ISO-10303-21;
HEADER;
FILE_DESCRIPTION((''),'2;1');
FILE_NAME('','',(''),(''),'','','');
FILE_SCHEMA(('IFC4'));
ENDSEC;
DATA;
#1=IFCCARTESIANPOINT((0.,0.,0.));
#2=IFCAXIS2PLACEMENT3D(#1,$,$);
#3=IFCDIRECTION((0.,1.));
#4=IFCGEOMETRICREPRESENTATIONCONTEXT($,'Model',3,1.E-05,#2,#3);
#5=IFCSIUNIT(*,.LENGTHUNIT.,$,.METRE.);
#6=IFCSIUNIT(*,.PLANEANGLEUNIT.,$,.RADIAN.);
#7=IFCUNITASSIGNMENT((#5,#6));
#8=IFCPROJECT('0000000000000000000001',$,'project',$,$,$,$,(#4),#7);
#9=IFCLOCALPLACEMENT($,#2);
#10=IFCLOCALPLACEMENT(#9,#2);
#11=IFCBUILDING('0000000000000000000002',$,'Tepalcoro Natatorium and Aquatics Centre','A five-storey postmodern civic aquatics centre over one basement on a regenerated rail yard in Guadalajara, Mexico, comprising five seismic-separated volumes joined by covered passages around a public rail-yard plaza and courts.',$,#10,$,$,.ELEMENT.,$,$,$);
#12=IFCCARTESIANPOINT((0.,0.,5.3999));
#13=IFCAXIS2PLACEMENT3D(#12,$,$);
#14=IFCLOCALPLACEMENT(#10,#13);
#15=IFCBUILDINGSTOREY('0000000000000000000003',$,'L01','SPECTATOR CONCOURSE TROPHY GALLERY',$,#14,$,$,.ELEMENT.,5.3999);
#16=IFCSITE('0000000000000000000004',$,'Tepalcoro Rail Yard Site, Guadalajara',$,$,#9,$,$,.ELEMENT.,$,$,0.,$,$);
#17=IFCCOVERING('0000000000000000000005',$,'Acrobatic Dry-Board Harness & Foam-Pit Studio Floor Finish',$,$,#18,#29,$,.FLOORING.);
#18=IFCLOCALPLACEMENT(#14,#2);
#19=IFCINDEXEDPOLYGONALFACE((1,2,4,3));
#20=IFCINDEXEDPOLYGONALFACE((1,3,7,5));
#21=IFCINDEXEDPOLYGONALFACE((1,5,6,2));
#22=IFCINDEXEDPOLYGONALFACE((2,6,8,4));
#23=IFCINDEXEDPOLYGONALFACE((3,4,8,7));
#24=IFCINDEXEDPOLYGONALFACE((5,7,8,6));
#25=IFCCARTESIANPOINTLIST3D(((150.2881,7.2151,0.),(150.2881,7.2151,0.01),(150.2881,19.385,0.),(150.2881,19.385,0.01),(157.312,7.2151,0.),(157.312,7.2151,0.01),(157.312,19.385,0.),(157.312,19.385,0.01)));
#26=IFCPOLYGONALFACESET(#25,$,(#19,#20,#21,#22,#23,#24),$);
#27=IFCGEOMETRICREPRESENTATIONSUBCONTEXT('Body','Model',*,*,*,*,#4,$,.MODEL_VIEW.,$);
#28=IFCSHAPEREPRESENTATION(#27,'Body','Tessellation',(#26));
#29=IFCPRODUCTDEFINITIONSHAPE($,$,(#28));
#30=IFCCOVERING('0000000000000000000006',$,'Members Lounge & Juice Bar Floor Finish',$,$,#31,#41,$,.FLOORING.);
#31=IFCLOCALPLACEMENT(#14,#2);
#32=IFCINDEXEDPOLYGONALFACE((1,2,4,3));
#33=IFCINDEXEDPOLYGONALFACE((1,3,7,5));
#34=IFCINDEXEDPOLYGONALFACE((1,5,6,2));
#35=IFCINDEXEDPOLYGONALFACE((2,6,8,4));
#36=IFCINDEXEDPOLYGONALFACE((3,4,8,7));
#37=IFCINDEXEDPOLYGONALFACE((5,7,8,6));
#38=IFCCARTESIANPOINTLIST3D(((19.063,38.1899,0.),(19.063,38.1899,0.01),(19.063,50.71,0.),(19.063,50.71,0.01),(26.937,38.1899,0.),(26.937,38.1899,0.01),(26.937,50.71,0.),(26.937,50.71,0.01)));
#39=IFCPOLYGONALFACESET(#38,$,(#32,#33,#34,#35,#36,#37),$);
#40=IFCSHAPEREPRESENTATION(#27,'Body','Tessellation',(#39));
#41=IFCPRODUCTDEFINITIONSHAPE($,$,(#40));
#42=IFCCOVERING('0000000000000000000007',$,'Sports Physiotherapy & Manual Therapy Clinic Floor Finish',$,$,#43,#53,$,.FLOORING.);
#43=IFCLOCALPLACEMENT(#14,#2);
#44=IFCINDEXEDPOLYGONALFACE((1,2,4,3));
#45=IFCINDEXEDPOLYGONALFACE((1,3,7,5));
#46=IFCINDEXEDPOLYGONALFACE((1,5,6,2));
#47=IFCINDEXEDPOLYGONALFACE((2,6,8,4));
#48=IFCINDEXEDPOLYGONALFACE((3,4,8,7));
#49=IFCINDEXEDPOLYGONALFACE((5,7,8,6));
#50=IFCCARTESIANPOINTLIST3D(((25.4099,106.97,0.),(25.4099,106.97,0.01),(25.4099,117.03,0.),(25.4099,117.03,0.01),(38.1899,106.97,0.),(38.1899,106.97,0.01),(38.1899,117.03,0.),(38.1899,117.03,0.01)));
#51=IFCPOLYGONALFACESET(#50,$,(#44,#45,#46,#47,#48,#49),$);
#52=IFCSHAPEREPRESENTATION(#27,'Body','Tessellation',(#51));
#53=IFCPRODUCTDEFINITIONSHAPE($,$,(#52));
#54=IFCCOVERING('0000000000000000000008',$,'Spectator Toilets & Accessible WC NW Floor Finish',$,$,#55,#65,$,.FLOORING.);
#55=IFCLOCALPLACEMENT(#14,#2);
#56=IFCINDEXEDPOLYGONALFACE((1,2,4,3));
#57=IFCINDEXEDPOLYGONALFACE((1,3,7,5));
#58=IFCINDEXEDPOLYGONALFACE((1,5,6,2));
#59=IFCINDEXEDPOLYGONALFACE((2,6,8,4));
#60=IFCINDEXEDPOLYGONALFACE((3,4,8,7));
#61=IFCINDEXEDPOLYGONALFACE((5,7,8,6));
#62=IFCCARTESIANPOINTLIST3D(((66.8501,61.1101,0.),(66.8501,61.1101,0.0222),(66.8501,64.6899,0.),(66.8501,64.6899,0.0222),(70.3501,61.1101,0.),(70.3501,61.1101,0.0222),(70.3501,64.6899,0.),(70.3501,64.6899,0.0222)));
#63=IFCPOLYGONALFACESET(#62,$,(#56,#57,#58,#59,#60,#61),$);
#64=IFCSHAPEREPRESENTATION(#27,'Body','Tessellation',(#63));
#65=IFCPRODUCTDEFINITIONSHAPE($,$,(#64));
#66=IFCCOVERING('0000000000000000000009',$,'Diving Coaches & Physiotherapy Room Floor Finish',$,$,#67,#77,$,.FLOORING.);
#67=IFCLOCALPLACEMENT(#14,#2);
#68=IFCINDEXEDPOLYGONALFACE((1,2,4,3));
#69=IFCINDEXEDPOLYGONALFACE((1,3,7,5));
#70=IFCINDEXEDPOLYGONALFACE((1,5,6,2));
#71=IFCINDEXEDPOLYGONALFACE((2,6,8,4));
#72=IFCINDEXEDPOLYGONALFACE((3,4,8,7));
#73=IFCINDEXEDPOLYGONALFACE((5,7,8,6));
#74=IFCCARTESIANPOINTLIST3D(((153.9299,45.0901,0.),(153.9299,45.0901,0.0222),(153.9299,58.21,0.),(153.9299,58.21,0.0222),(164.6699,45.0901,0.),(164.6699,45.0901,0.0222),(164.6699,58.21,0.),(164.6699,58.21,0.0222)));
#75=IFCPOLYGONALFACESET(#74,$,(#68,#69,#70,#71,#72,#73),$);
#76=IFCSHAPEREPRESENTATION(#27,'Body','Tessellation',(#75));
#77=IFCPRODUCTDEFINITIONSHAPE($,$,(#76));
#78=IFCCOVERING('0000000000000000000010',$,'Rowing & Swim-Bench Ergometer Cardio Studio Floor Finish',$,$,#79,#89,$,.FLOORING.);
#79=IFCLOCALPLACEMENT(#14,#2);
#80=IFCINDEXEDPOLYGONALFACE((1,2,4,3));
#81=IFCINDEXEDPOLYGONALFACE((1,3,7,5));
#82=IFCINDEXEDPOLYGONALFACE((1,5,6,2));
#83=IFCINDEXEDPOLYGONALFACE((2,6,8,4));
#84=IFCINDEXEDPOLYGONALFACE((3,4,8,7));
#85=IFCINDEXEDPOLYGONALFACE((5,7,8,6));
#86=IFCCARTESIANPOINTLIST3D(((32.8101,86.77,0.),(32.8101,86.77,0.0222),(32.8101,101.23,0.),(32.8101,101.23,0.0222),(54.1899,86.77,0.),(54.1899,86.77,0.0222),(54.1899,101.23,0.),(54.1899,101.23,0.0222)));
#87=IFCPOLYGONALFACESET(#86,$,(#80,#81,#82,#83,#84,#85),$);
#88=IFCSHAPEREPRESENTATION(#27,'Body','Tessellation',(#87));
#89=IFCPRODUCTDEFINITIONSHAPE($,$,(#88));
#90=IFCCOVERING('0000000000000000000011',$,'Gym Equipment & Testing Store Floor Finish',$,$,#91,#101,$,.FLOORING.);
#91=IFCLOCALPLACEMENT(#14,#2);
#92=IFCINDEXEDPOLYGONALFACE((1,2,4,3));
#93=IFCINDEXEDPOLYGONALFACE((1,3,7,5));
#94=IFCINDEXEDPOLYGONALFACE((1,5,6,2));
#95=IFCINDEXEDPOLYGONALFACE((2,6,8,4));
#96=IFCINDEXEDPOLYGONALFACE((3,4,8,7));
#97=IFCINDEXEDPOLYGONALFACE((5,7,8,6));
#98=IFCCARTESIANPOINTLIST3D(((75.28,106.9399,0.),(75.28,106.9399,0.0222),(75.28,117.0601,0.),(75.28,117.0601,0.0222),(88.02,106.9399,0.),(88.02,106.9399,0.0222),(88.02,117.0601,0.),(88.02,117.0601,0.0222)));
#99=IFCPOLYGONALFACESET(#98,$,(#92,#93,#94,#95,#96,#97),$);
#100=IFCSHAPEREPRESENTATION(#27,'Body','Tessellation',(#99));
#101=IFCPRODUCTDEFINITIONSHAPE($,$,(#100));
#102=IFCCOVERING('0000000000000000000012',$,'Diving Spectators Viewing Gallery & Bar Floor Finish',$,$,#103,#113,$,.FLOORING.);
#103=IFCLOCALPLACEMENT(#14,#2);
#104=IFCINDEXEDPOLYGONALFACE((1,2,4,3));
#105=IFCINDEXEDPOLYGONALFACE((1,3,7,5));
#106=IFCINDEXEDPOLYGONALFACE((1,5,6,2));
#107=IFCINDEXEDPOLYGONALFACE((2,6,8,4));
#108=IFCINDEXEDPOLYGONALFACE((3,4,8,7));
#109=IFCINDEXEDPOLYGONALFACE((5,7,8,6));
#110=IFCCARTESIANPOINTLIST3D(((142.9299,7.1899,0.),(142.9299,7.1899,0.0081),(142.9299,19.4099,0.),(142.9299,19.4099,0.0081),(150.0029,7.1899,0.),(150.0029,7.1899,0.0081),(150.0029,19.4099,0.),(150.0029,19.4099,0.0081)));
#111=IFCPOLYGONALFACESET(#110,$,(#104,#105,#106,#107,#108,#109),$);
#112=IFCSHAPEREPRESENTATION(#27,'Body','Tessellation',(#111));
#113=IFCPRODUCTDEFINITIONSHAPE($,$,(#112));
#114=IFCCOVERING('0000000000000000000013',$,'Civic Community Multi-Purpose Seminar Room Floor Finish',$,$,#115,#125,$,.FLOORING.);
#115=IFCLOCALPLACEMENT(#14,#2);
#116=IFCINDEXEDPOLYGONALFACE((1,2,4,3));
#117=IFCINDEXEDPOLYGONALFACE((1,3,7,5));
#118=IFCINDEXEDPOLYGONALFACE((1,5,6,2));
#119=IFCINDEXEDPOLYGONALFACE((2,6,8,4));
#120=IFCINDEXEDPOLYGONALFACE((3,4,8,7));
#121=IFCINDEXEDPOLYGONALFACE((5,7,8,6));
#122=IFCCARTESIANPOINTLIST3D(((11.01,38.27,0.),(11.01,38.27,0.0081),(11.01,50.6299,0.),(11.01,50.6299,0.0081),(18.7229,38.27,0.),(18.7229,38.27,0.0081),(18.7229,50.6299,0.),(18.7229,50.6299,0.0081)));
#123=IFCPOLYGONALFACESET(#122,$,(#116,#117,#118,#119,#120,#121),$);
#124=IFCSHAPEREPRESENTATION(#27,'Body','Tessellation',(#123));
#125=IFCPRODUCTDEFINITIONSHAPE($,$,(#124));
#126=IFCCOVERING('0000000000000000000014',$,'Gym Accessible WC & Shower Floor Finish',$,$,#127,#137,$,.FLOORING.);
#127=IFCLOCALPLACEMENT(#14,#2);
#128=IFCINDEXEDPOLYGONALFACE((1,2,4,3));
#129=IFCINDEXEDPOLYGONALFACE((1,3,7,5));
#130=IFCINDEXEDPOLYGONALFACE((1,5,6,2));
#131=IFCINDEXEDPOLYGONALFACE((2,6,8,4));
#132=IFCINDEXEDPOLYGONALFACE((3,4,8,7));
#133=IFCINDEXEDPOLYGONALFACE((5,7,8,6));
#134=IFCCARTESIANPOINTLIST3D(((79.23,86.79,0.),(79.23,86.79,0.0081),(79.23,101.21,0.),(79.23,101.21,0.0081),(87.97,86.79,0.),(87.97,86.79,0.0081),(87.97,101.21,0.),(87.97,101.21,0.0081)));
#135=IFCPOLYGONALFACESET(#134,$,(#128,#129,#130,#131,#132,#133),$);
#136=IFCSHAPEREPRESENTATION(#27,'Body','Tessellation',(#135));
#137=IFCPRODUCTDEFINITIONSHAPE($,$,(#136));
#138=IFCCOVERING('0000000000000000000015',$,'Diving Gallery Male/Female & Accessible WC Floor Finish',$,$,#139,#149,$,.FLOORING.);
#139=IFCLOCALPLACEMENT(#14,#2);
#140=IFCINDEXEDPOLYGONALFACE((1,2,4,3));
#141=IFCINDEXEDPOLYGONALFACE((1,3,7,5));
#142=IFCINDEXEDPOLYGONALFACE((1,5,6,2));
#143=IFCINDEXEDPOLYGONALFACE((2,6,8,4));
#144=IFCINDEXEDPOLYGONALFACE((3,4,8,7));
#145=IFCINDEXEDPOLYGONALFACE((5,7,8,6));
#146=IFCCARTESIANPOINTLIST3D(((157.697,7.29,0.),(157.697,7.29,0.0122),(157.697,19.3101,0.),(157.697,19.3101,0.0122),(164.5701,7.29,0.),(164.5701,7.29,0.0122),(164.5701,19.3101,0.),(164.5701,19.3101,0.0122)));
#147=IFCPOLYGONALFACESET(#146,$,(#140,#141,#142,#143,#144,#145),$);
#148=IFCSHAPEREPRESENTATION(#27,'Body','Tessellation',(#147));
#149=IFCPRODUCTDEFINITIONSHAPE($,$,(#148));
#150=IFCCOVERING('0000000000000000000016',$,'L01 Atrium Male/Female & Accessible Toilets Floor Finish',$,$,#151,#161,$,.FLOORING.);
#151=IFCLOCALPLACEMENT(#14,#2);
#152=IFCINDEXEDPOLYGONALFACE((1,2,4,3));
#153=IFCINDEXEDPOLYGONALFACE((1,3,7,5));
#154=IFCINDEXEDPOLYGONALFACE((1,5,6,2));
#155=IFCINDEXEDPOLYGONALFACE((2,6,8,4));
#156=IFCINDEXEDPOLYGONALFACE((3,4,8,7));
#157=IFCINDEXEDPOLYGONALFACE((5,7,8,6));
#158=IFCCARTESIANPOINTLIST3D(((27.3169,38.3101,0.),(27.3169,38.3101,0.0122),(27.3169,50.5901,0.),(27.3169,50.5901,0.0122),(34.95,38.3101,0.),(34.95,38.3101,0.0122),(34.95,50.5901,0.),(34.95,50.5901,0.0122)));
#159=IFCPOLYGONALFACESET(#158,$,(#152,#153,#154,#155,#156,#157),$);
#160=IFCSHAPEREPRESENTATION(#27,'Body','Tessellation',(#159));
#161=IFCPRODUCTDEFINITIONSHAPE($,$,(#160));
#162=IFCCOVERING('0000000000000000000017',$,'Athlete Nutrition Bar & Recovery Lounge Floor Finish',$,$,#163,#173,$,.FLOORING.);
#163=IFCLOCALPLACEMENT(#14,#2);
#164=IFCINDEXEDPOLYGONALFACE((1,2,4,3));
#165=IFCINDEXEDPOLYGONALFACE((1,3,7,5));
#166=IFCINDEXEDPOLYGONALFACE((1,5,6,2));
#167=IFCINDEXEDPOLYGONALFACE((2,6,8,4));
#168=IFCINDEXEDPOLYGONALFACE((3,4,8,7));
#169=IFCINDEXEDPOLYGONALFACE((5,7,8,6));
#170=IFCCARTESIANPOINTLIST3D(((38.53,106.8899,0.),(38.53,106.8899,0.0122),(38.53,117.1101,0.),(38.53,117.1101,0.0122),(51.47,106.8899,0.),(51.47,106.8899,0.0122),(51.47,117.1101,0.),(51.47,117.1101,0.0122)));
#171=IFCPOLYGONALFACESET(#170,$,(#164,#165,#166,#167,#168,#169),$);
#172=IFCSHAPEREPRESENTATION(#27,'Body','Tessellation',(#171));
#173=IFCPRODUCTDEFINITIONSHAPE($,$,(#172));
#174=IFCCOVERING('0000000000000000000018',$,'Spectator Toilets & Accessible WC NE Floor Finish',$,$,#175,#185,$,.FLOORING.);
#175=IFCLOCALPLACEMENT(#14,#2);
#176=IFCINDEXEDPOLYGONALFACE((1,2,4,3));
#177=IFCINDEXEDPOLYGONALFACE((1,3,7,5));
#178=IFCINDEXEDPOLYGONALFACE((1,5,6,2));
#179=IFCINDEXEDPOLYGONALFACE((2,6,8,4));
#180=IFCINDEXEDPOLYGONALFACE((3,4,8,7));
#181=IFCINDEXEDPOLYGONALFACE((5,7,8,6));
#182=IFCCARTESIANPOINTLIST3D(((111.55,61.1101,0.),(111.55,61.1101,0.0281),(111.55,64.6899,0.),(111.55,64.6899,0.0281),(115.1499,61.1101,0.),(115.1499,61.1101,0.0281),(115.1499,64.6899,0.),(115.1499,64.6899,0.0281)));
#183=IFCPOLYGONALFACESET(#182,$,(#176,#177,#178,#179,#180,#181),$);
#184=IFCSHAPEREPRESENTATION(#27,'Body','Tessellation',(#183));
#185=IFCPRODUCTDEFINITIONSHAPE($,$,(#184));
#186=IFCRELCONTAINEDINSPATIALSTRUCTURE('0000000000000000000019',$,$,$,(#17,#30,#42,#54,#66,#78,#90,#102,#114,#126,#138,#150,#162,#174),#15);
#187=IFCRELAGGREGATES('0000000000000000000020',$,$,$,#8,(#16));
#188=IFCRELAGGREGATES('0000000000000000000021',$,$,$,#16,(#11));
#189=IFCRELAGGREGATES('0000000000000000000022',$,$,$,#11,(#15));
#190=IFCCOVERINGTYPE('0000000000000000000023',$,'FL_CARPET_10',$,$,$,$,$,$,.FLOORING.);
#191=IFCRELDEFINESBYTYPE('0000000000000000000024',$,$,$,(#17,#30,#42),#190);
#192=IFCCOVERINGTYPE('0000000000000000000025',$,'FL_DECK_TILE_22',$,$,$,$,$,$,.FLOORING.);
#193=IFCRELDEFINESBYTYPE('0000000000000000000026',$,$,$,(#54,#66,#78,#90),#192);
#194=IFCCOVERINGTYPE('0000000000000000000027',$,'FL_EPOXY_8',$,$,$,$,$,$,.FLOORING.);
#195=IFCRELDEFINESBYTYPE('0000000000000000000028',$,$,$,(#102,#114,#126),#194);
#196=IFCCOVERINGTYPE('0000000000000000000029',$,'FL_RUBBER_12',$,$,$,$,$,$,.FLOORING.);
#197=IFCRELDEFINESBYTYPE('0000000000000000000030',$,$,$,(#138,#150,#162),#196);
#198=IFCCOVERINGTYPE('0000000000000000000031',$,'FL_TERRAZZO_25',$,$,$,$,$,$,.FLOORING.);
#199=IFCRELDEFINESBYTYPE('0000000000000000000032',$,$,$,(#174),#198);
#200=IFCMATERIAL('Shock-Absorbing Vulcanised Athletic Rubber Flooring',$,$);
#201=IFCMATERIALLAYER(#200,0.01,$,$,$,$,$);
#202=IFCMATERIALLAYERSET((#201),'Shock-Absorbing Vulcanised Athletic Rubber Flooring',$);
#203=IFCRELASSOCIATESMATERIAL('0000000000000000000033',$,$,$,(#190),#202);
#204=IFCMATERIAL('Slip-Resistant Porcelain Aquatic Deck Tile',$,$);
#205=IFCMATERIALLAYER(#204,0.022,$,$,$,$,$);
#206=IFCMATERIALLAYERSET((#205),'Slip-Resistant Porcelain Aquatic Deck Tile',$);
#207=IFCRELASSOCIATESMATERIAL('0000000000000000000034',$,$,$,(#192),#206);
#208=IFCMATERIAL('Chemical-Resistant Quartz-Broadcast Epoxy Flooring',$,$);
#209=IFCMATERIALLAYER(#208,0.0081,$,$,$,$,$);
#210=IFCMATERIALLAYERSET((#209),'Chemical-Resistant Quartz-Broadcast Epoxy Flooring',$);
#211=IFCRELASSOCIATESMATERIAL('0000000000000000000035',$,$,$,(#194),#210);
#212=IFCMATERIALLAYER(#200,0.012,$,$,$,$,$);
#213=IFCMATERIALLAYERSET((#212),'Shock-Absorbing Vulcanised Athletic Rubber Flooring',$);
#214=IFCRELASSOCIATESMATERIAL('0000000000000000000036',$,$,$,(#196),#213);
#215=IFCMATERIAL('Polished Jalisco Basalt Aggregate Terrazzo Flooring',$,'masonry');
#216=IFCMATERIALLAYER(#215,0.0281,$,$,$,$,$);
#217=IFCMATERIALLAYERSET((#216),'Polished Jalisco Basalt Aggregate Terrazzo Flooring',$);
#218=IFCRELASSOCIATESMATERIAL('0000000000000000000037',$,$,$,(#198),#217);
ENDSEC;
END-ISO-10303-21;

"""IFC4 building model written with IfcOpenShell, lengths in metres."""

from ifc_helpers import new_model, si_unit, direction, frame, origin, place, context, subcontext, project, spatial, polyline, outline, extrude, material, layer, layer_set, type_object, element, save


model = new_model("IFC4")

# Units and contexts
model_context = context("Model", 3, precision=1e-05, world=origin(), true_north=direction((0.0, 1.0)))
body_context = subcontext(model_context, "Body", "Model", "MODEL_VIEW")
ifc_project = project(units=[si_unit("LENGTHUNIT", "METRE"), si_unit("PLANEANGLEUNIT", "RADIAN")], contexts=[model_context])

# Site, building, storey
site_placement = place(None, origin())
site = spatial("IfcSite", under=ifc_project, at=site_placement, Name="Tepalcoro Rail Yard Site, Guadalajara", CompositionType="ELEMENT", RefElevation=0.0)
building_placement = place(site_placement, origin())
building = spatial("IfcBuilding", under=site, at=building_placement, Name="Tepalcoro Natatorium and Aquatics Centre", Description="A five-storey postmodern civic aquatics centre over one basement on a regenerated rail yard in Guadalajara, Mexico, comprising five seismic-separated volumes joined by covered passages around a public rail-yard plaza and courts.", CompositionType="ELEMENT")
storey_placement = place(building_placement, frame((0.0, 0.0, 5.3999)))
storey = spatial("IfcBuildingStorey", under=building, at=storey_placement, Name="L01", Description="SPECTATOR CONCOURSE TROPHY GALLERY", CompositionType="ELEMENT", Elevation=5.3999)

# Coverings
ifc_material_1 = material(Name="Shock-Absorbing Vulcanised Athletic Rubber Flooring")
ifc_layer_1 = layer(ifc_material_1, 0.01)
ifc_layer_set_1 = layer_set([ifc_layer_1], Name="Shock-Absorbing Vulcanised Athletic Rubber Flooring")
covering_type_1 = type_object("IfcCoveringType", Name="FL_CARPET_10", PredefinedType="FLOORING", material=ifc_layer_set_1)
covering_1_placement = place(storey_placement, origin())
element("IfcCovering", 1, at=covering_1_placement, inside=storey, type_object=covering_type_1, Name="Acrobatic Dry-Board Harness & Foam-Pit Studio Floor Finish", PredefinedType="FLOORING", context=body_context, shape_type="SweptSolid", body=[
    extrude(outline(polyline([(150.2881, 7.2151), (150.2881, 19.385), (157.312, 19.385), (157.312, 7.2151), (150.2881, 7.2151)])), origin(), (0.0, 0.0, 1.0), 0.01),
])
covering_2_placement = place(storey_placement, origin())
element("IfcCovering", 2, at=covering_2_placement, inside=storey, type_object=covering_type_1, Name="Members Lounge & Juice Bar Floor Finish", PredefinedType="FLOORING", context=body_context, shape_type="SweptSolid", body=[
    extrude(outline(polyline([(19.063, 38.1899), (19.063, 50.71), (26.937, 50.71), (26.937, 38.1899), (19.063, 38.1899)])), origin(), (0.0, 0.0, 1.0), 0.01),
])
covering_3_placement = place(storey_placement, origin())
element("IfcCovering", 3, at=covering_3_placement, inside=storey, type_object=covering_type_1, Name="Sports Physiotherapy & Manual Therapy Clinic Floor Finish", PredefinedType="FLOORING", context=body_context, shape_type="SweptSolid", body=[
    extrude(outline(polyline([(25.4099, 106.97), (25.4099, 117.03), (38.1899, 117.03), (38.1899, 106.97), (25.4099, 106.97)])), origin(), (0.0, 0.0, 1.0), 0.01),
])
ifc_material_2 = material(Name="Slip-Resistant Porcelain Aquatic Deck Tile")
ifc_layer_2 = layer(ifc_material_2, 0.022)
ifc_layer_set_2 = layer_set([ifc_layer_2], Name="Slip-Resistant Porcelain Aquatic Deck Tile")
covering_type_2 = type_object("IfcCoveringType", Name="FL_DECK_TILE_22", PredefinedType="FLOORING", material=ifc_layer_set_2)
covering_4_placement = place(storey_placement, origin())
element("IfcCovering", 4, at=covering_4_placement, inside=storey, type_object=covering_type_2, Name="Spectator Toilets & Accessible WC NW Floor Finish", PredefinedType="FLOORING", context=body_context, shape_type="SweptSolid", body=[
    extrude(outline(polyline([(66.8501, 61.1101), (66.8501, 64.6899), (70.3501, 64.6899), (70.3501, 61.1101), (66.8501, 61.1101)])), origin(), (0.0, 0.0, 1.0), 0.0222),
])
covering_5_placement = place(storey_placement, origin())
element("IfcCovering", 5, at=covering_5_placement, inside=storey, type_object=covering_type_2, Name="Diving Coaches & Physiotherapy Room Floor Finish", PredefinedType="FLOORING", context=body_context, shape_type="SweptSolid", body=[
    extrude(outline(polyline([(153.9299, 45.0901), (153.9299, 58.21), (164.6699, 58.21), (164.6699, 45.0901), (153.9299, 45.0901)])), origin(), (0.0, 0.0, 1.0), 0.0222),
])
covering_6_placement = place(storey_placement, origin())
element("IfcCovering", 6, at=covering_6_placement, inside=storey, type_object=covering_type_2, Name="Rowing & Swim-Bench Ergometer Cardio Studio Floor Finish", PredefinedType="FLOORING", context=body_context, shape_type="SweptSolid", body=[
    extrude(outline(polyline([(32.8101, 86.77), (32.8101, 101.23), (54.1899, 101.23), (54.1899, 86.77), (32.8101, 86.77)])), origin(), (0.0, 0.0, 1.0), 0.0222),
])
covering_7_placement = place(storey_placement, origin())
element("IfcCovering", 7, at=covering_7_placement, inside=storey, type_object=covering_type_2, Name="Gym Equipment & Testing Store Floor Finish", PredefinedType="FLOORING", context=body_context, shape_type="SweptSolid", body=[
    extrude(outline(polyline([(75.28, 106.9399), (75.28, 117.0601), (88.02, 117.0601), (88.02, 106.9399), (75.28, 106.9399)])), origin(), (0.0, 0.0, 1.0), 0.0222),
])
ifc_material_3 = material(Name="Chemical-Resistant Quartz-Broadcast Epoxy Flooring")
ifc_layer_3 = layer(ifc_material_3, 0.0081)
ifc_layer_set_3 = layer_set([ifc_layer_3], Name="Chemical-Resistant Quartz-Broadcast Epoxy Flooring")
covering_type_3 = type_object("IfcCoveringType", Name="FL_EPOXY_8", PredefinedType="FLOORING", material=ifc_layer_set_3)
covering_8_placement = place(storey_placement, origin())
element("IfcCovering", 8, at=covering_8_placement, inside=storey, type_object=covering_type_3, Name="Diving Spectators Viewing Gallery & Bar Floor Finish", PredefinedType="FLOORING", context=body_context, shape_type="SweptSolid", body=[
    extrude(outline(polyline([(142.9299, 7.1899), (142.9299, 19.4099), (150.0029, 19.4099), (150.0029, 7.1899), (142.9299, 7.1899)])), origin(), (0.0, 0.0, 1.0), 0.0081),
])
covering_9_placement = place(storey_placement, origin())
element("IfcCovering", 9, at=covering_9_placement, inside=storey, type_object=covering_type_3, Name="Civic Community Multi-Purpose Seminar Room Floor Finish", PredefinedType="FLOORING", context=body_context, shape_type="SweptSolid", body=[
    extrude(outline(polyline([(11.01, 38.27), (11.01, 50.6299), (18.7229, 50.6299), (18.7229, 38.27), (11.01, 38.27)])), origin(), (0.0, 0.0, 1.0), 0.0081),
])
covering_10_placement = place(storey_placement, origin())
element("IfcCovering", 10, at=covering_10_placement, inside=storey, type_object=covering_type_3, Name="Gym Accessible WC & Shower Floor Finish", PredefinedType="FLOORING", context=body_context, shape_type="SweptSolid", body=[
    extrude(outline(polyline([(79.23, 86.79), (79.23, 101.21), (87.97, 101.21), (87.97, 86.79), (79.23, 86.79)])), origin(), (0.0, 0.0, 1.0), 0.0081),
])
ifc_layer_4 = layer(ifc_material_1, 0.012)
ifc_layer_set_4 = layer_set([ifc_layer_4], Name="Shock-Absorbing Vulcanised Athletic Rubber Flooring")
covering_type_4 = type_object("IfcCoveringType", Name="FL_RUBBER_12", PredefinedType="FLOORING", material=ifc_layer_set_4)
covering_11_placement = place(storey_placement, origin())
element("IfcCovering", 11, at=covering_11_placement, inside=storey, type_object=covering_type_4, Name="Diving Gallery Male/Female & Accessible WC Floor Finish", PredefinedType="FLOORING", context=body_context, shape_type="SweptSolid", body=[
    extrude(outline(polyline([(157.697, 7.29), (157.697, 19.3101), (164.5701, 19.3101), (164.5701, 7.29), (157.697, 7.29)])), origin(), (0.0, 0.0, 1.0), 0.0122),
])
covering_12_placement = place(storey_placement, origin())
element("IfcCovering", 12, at=covering_12_placement, inside=storey, type_object=covering_type_4, Name="L01 Atrium Male/Female & Accessible Toilets Floor Finish", PredefinedType="FLOORING", context=body_context, shape_type="SweptSolid", body=[
    extrude(outline(polyline([(27.3169, 38.3101), (27.3169, 50.5901), (34.95, 50.5901), (34.95, 38.3101), (27.3169, 38.3101)])), origin(), (0.0, 0.0, 1.0), 0.0122),
])
covering_13_placement = place(storey_placement, origin())
element("IfcCovering", 13, at=covering_13_placement, inside=storey, type_object=covering_type_4, Name="Athlete Nutrition Bar & Recovery Lounge Floor Finish", PredefinedType="FLOORING", context=body_context, shape_type="SweptSolid", body=[
    extrude(outline(polyline([(38.53, 106.8899), (38.53, 117.1101), (51.47, 117.1101), (51.47, 106.8899), (38.53, 106.8899)])), origin(), (0.0, 0.0, 1.0), 0.0122),
])
ifc_material_4 = material(Name="Polished Jalisco Basalt Aggregate Terrazzo Flooring", Category="masonry")
ifc_layer_5 = layer(ifc_material_4, 0.0281)
ifc_layer_set_5 = layer_set([ifc_layer_5], Name="Polished Jalisco Basalt Aggregate Terrazzo Flooring")
covering_type_5 = type_object("IfcCoveringType", Name="FL_TERRAZZO_25", PredefinedType="FLOORING", material=ifc_layer_set_5)
covering_14_placement = place(storey_placement, origin())
element("IfcCovering", 14, at=covering_14_placement, inside=storey, type_object=covering_type_5, Name="Spectator Toilets & Accessible WC NE Floor Finish", PredefinedType="FLOORING", context=body_context, shape_type="SweptSolid", body=[
    extrude(outline(polyline([(111.55, 61.1101), (111.55, 64.6899), (115.1499, 64.6899), (115.1499, 61.1101), (111.55, 61.1101)])), origin(), (0.0, 0.0, 1.0), 0.0281),
])

save(model, "model.ifc")
